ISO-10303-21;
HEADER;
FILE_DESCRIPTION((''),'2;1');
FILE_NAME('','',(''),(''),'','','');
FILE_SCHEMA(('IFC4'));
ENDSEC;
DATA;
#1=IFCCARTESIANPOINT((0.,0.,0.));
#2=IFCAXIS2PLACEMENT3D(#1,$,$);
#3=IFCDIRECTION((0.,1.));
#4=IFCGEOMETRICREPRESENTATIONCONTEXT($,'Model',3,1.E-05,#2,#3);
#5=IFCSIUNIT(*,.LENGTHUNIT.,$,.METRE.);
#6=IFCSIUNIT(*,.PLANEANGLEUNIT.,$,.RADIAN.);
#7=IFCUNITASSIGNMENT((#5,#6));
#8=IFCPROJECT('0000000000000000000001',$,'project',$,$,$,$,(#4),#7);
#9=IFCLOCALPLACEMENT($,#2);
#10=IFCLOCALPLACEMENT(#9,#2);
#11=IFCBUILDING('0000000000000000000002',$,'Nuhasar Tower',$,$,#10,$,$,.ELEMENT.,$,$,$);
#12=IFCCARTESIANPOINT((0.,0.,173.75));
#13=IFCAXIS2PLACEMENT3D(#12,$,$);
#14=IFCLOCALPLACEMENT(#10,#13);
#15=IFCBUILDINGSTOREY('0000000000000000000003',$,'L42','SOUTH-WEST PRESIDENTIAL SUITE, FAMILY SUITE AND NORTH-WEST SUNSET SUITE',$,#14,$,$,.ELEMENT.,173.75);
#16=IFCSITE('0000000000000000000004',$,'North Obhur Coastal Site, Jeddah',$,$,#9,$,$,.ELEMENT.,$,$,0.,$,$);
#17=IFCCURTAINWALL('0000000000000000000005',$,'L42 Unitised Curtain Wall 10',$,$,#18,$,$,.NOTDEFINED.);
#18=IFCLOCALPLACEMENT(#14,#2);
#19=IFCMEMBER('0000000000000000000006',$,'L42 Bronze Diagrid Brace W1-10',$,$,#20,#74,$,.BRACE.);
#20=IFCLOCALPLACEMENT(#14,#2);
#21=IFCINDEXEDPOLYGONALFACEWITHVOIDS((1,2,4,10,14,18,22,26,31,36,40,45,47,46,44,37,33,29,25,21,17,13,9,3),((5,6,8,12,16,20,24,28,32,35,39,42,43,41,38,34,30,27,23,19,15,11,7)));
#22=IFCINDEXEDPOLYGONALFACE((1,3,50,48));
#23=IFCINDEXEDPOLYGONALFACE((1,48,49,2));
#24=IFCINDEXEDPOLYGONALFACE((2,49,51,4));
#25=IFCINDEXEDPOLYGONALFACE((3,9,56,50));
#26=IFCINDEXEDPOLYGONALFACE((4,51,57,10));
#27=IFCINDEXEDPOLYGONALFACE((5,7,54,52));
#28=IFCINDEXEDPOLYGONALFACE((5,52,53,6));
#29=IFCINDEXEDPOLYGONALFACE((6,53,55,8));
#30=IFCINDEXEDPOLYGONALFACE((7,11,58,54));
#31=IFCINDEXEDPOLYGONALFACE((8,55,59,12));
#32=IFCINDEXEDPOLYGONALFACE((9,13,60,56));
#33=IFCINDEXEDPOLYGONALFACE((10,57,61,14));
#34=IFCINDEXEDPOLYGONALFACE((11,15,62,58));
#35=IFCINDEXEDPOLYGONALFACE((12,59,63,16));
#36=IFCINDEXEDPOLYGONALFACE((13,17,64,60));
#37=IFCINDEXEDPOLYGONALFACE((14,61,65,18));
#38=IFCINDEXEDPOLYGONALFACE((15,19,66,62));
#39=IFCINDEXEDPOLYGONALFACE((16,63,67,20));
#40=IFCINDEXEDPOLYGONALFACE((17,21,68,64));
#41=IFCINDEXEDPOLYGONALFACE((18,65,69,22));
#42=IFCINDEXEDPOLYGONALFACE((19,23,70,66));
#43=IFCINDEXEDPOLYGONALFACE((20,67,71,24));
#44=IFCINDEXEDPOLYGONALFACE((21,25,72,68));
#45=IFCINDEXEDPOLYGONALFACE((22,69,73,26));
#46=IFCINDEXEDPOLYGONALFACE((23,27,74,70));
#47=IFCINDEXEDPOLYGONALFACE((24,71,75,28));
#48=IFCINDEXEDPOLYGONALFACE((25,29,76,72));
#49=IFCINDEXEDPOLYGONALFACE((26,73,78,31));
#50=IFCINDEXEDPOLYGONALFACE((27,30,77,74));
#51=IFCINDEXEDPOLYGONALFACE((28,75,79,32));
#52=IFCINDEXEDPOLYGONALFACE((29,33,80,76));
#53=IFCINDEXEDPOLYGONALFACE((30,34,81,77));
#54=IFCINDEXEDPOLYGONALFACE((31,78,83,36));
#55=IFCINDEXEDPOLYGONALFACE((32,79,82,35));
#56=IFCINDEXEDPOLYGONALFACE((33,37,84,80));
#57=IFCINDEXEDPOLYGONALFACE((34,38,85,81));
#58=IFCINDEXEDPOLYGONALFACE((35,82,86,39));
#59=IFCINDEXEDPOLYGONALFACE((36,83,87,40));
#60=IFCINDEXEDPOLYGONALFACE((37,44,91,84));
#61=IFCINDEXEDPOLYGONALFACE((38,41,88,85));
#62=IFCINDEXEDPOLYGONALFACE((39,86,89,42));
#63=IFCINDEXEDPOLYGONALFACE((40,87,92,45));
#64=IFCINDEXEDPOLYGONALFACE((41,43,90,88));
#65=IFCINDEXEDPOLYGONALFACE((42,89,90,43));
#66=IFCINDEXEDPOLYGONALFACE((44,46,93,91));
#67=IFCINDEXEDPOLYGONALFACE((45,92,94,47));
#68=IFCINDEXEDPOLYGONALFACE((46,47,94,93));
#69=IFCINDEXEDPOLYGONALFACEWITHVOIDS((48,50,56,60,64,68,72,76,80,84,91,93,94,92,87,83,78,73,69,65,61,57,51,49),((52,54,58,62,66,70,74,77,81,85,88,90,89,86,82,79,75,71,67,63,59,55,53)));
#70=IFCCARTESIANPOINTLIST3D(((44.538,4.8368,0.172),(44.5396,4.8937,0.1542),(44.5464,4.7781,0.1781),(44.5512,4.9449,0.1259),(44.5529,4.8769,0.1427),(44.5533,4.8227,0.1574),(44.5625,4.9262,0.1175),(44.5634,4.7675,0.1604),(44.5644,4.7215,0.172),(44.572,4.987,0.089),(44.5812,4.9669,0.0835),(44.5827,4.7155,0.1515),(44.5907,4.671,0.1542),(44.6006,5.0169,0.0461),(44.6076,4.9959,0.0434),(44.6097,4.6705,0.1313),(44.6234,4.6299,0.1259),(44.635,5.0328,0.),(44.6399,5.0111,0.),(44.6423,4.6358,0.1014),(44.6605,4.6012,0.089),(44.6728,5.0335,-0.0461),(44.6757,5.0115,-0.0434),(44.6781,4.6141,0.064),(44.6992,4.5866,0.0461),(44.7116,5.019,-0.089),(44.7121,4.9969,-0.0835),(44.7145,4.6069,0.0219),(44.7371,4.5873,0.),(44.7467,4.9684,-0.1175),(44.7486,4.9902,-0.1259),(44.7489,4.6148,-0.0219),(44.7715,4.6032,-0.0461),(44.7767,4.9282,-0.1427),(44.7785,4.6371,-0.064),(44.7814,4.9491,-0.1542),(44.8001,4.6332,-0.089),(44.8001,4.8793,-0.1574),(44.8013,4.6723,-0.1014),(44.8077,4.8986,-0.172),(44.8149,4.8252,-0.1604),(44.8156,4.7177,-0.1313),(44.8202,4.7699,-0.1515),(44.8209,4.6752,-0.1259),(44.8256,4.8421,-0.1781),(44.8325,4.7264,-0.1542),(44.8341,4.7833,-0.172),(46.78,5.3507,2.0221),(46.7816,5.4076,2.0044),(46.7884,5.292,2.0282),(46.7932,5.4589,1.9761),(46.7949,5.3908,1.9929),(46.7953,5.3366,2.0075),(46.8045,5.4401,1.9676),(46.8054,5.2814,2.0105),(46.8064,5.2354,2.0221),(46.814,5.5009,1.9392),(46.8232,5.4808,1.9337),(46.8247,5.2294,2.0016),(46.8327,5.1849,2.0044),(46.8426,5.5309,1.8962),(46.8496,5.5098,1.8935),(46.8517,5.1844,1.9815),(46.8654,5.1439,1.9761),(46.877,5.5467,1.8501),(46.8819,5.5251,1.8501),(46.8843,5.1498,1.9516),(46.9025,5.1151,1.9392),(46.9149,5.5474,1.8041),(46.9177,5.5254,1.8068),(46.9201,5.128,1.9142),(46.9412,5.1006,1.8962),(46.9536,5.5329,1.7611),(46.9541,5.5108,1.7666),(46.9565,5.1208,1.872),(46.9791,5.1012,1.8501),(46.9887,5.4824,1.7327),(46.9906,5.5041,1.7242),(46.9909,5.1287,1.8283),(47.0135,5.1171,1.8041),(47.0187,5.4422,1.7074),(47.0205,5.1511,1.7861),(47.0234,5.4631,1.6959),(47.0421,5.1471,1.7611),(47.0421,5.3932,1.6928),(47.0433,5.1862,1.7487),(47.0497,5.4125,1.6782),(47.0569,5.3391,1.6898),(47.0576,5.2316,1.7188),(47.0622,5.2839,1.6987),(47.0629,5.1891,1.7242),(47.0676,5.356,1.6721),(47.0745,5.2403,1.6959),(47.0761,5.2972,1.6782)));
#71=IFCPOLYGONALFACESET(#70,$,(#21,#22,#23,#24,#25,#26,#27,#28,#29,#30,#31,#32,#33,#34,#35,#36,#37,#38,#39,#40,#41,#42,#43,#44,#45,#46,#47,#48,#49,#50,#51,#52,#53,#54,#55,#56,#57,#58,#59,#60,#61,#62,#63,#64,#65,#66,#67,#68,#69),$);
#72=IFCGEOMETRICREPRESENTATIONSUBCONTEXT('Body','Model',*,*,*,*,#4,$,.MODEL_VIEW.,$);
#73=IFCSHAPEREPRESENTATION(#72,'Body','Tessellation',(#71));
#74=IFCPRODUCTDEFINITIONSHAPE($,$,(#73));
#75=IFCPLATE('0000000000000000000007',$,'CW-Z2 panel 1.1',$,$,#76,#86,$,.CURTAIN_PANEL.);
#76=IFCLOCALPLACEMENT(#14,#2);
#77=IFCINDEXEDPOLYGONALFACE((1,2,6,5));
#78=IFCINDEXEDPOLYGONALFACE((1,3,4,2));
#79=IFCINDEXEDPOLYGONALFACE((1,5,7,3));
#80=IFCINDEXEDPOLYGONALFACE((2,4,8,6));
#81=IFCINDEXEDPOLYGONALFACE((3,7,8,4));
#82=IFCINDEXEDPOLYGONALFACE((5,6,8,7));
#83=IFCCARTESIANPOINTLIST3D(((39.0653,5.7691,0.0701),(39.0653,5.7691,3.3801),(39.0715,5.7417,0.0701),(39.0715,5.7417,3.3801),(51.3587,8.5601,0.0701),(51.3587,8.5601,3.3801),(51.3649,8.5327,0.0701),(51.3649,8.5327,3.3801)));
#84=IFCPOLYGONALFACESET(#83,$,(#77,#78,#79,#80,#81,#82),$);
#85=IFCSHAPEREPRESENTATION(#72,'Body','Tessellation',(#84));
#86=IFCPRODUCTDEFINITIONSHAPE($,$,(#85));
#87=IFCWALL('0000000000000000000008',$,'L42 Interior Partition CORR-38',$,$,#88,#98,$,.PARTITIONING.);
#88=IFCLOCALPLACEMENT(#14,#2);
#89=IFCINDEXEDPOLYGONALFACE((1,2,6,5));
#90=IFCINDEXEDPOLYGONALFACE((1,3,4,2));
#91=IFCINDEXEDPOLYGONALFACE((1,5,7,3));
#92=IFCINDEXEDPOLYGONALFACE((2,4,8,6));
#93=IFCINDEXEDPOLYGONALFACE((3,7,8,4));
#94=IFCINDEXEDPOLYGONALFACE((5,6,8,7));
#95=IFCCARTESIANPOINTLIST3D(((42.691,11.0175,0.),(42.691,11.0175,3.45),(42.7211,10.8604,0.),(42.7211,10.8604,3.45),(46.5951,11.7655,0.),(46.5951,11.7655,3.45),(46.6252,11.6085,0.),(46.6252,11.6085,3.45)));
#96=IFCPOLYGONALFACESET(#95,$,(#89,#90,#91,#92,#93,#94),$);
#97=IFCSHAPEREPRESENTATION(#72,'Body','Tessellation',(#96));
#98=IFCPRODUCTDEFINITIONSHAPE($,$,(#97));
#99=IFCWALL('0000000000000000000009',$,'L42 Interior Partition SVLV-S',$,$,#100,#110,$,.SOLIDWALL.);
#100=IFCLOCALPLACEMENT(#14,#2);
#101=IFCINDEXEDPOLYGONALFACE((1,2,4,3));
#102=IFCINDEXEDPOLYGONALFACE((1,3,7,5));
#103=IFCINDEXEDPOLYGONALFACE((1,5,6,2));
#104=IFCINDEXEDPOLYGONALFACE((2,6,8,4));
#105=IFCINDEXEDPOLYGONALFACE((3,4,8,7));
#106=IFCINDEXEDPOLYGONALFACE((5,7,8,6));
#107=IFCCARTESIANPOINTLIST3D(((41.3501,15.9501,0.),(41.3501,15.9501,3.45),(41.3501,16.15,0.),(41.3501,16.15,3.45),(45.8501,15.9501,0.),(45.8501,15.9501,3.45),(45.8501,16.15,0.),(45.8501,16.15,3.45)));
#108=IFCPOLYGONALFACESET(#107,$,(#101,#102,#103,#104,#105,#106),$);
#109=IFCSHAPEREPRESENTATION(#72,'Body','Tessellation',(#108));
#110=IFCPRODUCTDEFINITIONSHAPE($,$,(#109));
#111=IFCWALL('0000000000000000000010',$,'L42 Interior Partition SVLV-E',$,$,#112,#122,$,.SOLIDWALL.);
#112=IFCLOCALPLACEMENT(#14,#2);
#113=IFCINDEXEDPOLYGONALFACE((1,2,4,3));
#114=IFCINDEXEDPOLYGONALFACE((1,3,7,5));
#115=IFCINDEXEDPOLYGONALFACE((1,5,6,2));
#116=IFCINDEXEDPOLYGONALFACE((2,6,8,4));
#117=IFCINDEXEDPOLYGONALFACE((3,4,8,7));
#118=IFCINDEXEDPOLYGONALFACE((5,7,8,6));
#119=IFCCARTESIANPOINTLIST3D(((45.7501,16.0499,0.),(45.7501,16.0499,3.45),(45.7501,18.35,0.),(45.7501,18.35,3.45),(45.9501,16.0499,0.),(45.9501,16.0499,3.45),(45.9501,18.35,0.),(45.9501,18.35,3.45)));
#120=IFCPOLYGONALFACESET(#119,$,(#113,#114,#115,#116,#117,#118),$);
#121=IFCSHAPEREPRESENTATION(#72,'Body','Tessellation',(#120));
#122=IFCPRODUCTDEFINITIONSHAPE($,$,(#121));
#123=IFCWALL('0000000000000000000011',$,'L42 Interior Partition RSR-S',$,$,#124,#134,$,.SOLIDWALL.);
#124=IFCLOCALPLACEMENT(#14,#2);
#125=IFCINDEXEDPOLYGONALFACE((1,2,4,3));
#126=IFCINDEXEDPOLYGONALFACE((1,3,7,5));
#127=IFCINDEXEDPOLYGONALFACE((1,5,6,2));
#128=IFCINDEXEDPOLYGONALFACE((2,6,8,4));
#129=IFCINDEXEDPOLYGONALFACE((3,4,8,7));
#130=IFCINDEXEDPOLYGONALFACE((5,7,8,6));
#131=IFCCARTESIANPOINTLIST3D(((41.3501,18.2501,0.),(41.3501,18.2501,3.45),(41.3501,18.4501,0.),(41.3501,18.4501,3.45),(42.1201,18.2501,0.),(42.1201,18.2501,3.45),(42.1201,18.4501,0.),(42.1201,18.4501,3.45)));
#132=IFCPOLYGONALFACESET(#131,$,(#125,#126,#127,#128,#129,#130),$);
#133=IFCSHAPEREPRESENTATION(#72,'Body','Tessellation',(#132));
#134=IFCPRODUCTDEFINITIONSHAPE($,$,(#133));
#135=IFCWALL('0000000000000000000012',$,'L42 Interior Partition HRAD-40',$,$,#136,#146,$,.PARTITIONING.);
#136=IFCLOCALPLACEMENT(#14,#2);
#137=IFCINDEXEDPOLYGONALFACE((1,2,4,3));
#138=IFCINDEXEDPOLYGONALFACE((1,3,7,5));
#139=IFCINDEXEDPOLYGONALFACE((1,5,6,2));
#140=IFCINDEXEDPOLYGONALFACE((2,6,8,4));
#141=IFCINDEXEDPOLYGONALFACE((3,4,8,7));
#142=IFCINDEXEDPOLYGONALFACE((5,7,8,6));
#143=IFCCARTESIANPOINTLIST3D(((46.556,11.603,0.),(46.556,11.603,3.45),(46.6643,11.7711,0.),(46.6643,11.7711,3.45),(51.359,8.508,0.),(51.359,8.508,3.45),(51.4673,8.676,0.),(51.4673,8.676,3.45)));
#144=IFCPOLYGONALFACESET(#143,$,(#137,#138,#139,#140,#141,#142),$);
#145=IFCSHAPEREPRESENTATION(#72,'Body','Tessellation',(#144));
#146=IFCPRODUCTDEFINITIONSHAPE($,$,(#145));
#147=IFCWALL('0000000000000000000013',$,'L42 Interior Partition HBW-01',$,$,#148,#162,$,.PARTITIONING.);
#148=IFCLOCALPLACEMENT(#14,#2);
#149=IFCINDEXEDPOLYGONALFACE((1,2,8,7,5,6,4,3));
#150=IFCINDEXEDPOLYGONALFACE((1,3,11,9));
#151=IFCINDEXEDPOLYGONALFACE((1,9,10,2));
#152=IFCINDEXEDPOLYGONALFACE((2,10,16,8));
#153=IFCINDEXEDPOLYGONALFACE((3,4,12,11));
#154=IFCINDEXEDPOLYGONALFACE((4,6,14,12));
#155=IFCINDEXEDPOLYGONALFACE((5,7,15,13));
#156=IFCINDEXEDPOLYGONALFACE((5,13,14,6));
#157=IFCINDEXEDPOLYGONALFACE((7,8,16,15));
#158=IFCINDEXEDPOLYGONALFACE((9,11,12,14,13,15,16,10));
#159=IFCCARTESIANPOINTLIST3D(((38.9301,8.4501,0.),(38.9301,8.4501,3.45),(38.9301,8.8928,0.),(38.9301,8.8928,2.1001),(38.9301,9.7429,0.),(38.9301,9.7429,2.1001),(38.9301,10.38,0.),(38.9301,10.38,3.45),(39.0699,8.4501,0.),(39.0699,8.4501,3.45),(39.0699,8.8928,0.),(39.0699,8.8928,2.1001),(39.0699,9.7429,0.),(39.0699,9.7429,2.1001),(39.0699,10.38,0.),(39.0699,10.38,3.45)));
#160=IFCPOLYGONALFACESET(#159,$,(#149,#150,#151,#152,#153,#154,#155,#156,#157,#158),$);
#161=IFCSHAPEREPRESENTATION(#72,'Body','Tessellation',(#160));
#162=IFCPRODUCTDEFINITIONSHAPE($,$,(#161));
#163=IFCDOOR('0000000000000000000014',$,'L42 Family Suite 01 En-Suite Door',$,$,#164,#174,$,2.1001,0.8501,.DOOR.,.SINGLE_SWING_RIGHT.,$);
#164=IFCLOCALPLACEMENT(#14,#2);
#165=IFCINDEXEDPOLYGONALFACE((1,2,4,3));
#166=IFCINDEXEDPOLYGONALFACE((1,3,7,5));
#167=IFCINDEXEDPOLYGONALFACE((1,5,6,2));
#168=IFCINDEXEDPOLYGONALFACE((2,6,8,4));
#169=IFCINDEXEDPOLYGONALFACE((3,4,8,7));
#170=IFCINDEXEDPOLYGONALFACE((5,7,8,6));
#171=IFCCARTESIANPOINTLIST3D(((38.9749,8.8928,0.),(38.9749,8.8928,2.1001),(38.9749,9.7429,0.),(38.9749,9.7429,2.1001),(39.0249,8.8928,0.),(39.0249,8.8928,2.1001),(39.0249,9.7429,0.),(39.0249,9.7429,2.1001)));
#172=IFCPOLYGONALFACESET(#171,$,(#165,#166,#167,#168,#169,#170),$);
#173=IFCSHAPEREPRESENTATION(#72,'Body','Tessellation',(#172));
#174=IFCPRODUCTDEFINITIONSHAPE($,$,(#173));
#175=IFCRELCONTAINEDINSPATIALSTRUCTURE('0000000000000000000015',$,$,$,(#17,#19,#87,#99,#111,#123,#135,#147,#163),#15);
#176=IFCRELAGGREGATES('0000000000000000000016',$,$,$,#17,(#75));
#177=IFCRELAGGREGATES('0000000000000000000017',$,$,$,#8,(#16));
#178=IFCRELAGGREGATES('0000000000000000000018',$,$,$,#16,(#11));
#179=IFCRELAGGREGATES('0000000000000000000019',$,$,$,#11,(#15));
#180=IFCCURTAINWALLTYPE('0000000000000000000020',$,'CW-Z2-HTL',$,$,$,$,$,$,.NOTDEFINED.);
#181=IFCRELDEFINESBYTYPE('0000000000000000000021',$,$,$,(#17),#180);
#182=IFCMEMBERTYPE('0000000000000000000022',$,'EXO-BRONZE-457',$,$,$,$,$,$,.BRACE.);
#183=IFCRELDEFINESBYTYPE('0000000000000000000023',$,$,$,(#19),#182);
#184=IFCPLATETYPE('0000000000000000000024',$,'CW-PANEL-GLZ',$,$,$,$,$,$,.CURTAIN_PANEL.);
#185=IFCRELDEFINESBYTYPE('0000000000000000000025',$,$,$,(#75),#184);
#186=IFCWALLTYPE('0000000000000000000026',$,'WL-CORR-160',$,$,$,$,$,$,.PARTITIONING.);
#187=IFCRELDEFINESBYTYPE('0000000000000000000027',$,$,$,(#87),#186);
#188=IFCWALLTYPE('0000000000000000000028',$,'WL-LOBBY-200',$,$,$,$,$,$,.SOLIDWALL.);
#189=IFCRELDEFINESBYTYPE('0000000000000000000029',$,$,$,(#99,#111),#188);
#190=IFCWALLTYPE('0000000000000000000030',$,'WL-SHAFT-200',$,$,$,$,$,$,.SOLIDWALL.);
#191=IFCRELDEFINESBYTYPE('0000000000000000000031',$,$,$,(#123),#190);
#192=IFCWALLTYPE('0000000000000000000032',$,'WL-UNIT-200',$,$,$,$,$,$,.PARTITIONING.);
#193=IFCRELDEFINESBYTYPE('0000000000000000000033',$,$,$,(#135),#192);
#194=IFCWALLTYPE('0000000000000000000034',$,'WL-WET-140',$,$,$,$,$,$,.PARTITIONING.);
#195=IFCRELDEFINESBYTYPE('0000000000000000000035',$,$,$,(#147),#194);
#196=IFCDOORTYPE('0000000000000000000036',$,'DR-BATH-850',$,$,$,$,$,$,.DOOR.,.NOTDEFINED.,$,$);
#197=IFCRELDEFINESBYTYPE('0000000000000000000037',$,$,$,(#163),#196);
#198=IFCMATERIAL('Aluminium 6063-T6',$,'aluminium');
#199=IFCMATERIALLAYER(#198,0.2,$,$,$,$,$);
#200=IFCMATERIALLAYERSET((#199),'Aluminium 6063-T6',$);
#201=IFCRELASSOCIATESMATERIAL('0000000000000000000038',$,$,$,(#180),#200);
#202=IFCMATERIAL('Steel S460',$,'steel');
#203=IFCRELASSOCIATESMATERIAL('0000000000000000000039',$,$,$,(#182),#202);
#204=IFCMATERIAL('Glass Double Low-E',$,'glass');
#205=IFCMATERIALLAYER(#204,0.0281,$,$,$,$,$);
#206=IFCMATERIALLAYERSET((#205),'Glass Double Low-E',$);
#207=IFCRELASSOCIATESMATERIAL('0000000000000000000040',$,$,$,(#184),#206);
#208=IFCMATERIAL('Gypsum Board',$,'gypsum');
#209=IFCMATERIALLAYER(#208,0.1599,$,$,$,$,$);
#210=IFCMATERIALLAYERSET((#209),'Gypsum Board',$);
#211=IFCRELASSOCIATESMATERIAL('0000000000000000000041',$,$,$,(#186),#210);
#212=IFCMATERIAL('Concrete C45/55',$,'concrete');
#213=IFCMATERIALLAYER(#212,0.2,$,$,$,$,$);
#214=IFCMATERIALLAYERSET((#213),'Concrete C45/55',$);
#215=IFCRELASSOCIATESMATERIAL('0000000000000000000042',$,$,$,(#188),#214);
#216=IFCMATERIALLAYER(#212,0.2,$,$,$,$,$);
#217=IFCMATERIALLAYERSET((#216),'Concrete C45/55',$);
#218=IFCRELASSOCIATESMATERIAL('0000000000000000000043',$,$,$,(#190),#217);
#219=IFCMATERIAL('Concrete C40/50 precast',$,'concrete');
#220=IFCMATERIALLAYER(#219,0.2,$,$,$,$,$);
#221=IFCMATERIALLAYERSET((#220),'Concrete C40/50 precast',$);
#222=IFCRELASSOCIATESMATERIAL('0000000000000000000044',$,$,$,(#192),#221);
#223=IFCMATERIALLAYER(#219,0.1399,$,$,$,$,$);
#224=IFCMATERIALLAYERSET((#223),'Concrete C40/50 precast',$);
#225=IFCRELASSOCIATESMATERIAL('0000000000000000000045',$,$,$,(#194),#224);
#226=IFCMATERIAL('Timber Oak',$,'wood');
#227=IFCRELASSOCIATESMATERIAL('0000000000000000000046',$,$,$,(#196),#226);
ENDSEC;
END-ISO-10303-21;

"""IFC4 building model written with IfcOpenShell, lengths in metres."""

from ifc_helpers import new_model, si_unit, direction, frame, frame_2d, origin, origin_2d, place, context, subcontext, project, spatial, rectangle, hollow_circle, extrude, material, layer, layer_set, material_profile, profile_set, type_object, element, fill, aggregate, save


model = new_model("IFC4")

# Units and contexts
model_context = context("Model", 3, precision=1e-05, world=origin(), true_north=direction((0.0, 1.0)))
body_context = subcontext(model_context, "Body", "Model", "MODEL_VIEW")
ifc_project = project(units=[si_unit("LENGTHUNIT", "METRE"), si_unit("PLANEANGLEUNIT", "RADIAN")], contexts=[model_context])

# Site, building, storey
site_placement = place(None, origin())
site = spatial("IfcSite", under=ifc_project, at=site_placement, Name="North Obhur Coastal Site, Jeddah", CompositionType="ELEMENT", RefElevation=0.0)
building_placement = place(site_placement, origin())
building = spatial("IfcBuilding", under=site, at=building_placement, Name="Nuhasar Tower", CompositionType="ELEMENT")
storey_placement = place(building_placement, frame((0.0, 0.0, 173.75)))
storey = spatial("IfcBuildingStorey", under=building, at=storey_placement, Name="L42", Description="SOUTH-WEST PRESIDENTIAL SUITE, FAMILY SUITE AND NORTH-WEST SUNSET SUITE", CompositionType="ELEMENT", Elevation=173.75)

# Shared definitions
ifc_material_1 = material(Name="Aluminium 6063-T6", Category="aluminium")
ifc_layer_1 = layer(ifc_material_1, 0.2)
ifc_layer_set_1 = layer_set([ifc_layer_1], Name="Aluminium 6063-T6")
curtain_wall_type = type_object("IfcCurtainWallType", Name="CW-Z2-HTL", PredefinedType="NOTDEFINED", material=ifc_layer_set_1)

# Curtain wall
curtain_wall_1_placement = place(storey_placement, origin())
curtain_wall_1 = element("IfcCurtainWall", 1, at=curtain_wall_1_placement, inside=storey, type_object=curtain_wall_type, Name="L42 Unitised Curtain Wall 10", PredefinedType="NOTDEFINED")

# Member
ifc_material_2 = material(Name="Steel S460", Category="steel")
ifc_material_profile_1 = material_profile(ifc_material_2, hollow_circle(Radius=0.2285, WallThickness=0.0222, at=origin_2d()), Name="HSS457X22.2")
ifc_profile_set_1 = profile_set([ifc_material_profile_1], Name="Steel S460")
member_type_1 = type_object("IfcMemberType", Name="EXO-BRONZE-457", PredefinedType="BRACE", material=ifc_profile_set_1)
member_1_placement = place(storey_placement, frame((44.686, 4.8101, 0.0), z_axis=(0.75951, 0.174101, 0.626764), x_axis=(-0.223433, 0.974719, 0.0)))
element("IfcMember", 2, at=member_1_placement, inside=storey, type_object=member_type_1, Name="L42 Bronze Diagrid Brace W1-10", PredefinedType="BRACE", context=body_context, shape_type="SweptSolid", body=[
    extrude(hollow_circle(Radius=0.2285, WallThickness=0.0222, at=origin_2d()), origin(), (0.0, 0.0, 1.0), 2.9519),
])

# Plate
ifc_material_3 = material(Name="Glass Double Low-E", Category="glass")
ifc_layer_2 = layer(ifc_material_3, 0.0281)
ifc_layer_set_2 = layer_set([ifc_layer_2], Name="Glass Double Low-E")
plate_type = type_object("IfcPlateType", Name="CW-PANEL-GLZ", PredefinedType="CURTAIN_PANEL", material=ifc_layer_set_2)
plate_placement = place(storey_placement, frame((45.2151, 7.1509, 0.0701), z_axis=(0.0, 0.0, 1.0), x_axis=(0.975184, 0.221397, 0.0)))
plate = element("IfcPlate", 3, at=plate_placement, type_object=plate_type, Name="CW-Z2 panel 1.1", PredefinedType="CURTAIN_PANEL", context=body_context, shape_type="SweptSolid", body=[
    extrude(rectangle(XDim=12.6062, YDim=0.0281, at=origin_2d()), origin(), (0.0, 0.0, 1.0), 3.3101),
])
aggregate(curtain_wall_1, [plate])

# Shared definitions
ifc_material_4 = material(Name="Gypsum Board", Category="gypsum")
ifc_layer_3 = layer(ifc_material_4, 0.1599)
ifc_layer_set_3 = layer_set([ifc_layer_3], Name="Gypsum Board")
wall_type_1 = type_object("IfcWallType", Name="WL-CORR-160", PredefinedType="PARTITIONING", material=ifc_layer_set_3)
ifc_material_5 = material(Name="Timber Oak", Category="wood")

# Wall
wall_1_placement = place(storey_placement, frame((42.7061, 10.939, 0.0), z_axis=(0.0, 0.0, 1.0), x_axis=(0.982134, 0.188184, 0.0)))
element("IfcWall", 4, at=wall_1_placement, inside=storey, type_object=wall_type_1, Name="L42 Interior Partition CORR-38", PredefinedType="PARTITIONING", context=body_context, shape_type="SweptSolid", body=[
    extrude(rectangle(XDim=3.9751, YDim=0.1599, at=frame_2d((1.9875, 0.0))), origin(), (0.0, 0.0, 1.0), 3.45),
])

# Shared definitions
ifc_material_6 = material(Name="Concrete C45/55", Category="concrete")
ifc_layer_4 = layer(ifc_material_6, 0.2)
ifc_layer_set_4 = layer_set([ifc_layer_4], Name="Concrete C45/55")
wall_type_2 = type_object("IfcWallType", Name="WL-LOBBY-200", PredefinedType="SOLIDWALL", material=ifc_layer_set_4)

# Walls
wall_2_placement = place(storey_placement, frame((41.3501, 16.05, 0.0), z_axis=(0.0, 0.0, 1.0), x_axis=(1.0, 0.0, 0.0)))
element("IfcWall", 5, at=wall_2_placement, inside=storey, type_object=wall_type_2, Name="L42 Interior Partition SVLV-S", PredefinedType="SOLIDWALL", context=body_context, shape_type="SweptSolid", body=[
    extrude(rectangle(XDim=4.5, YDim=0.2, at=frame_2d((2.25, 0.0))), origin(), (0.0, 0.0, 1.0), 3.45),
])
wall_3_placement = place(storey_placement, frame((45.8501, 16.05, 0.0), z_axis=(0.0, 0.0, 1.0), x_axis=(0.0, 1.0, 0.0)))
element("IfcWall", 6, at=wall_3_placement, inside=storey, type_object=wall_type_2, Name="L42 Interior Partition SVLV-E", PredefinedType="SOLIDWALL", context=body_context, shape_type="SweptSolid", body=[
    extrude(rectangle(XDim=2.3, YDim=0.2, at=frame_2d((1.1499, 0.0))), origin(), (0.0, 0.0, 1.0), 3.45),
])
ifc_layer_5 = layer(ifc_material_6, 0.2)
ifc_layer_set_5 = layer_set([ifc_layer_5], Name="Concrete C45/55")
wall_type_3 = type_object("IfcWallType", Name="WL-SHAFT-200", PredefinedType="SOLIDWALL", material=ifc_layer_set_5)
wall_4_placement = place(storey_placement, frame((41.3501, 18.3501, 0.0), z_axis=(0.0, 0.0, 1.0), x_axis=(1.0, 0.0, 0.0)))
element("IfcWall", 7, at=wall_4_placement, inside=storey, type_object=wall_type_3, Name="L42 Interior Partition RSR-S", PredefinedType="SOLIDWALL", context=body_context, shape_type="SweptSolid", body=[
    extrude(rectangle(XDim=0.77, YDim=0.2, at=frame_2d((0.385, 0.0))), origin(), (0.0, 0.0, 1.0), 3.45),
])
ifc_material_7 = material(Name="Concrete C40/50 precast", Category="concrete")
ifc_layer_6 = layer(ifc_material_7, 0.2)
ifc_layer_set_6 = layer_set([ifc_layer_6], Name="Concrete C40/50 precast")
wall_type_4 = type_object("IfcWallType", Name="WL-UNIT-200", PredefinedType="PARTITIONING", material=ifc_layer_set_6)
wall_5_placement = place(storey_placement, frame((46.6101, 11.687, 0.0), z_axis=(0.0, 0.0, 1.0), x_axis=(0.840594, -0.541666, 0.0)))
element("IfcWall", 8, at=wall_5_placement, inside=storey, type_object=wall_type_4, Name="L42 Interior Partition HRAD-40", PredefinedType="PARTITIONING", context=body_context, shape_type="SweptSolid", body=[
    extrude(rectangle(XDim=5.7139, YDim=0.2, at=frame_2d((2.8569, 0.0))), origin(), (0.0, 0.0, 1.0), 3.45),
])

# Wall, opening, door
ifc_layer_7 = layer(ifc_material_7, 0.1399)
ifc_layer_set_7 = layer_set([ifc_layer_7], Name="Concrete C40/50 precast")
wall_type_5 = type_object("IfcWallType", Name="WL-WET-140", PredefinedType="PARTITIONING", material=ifc_layer_set_7)
wall_6_placement = place(storey_placement, frame((39.0, 10.3799, 0.0), z_axis=(0.0, 0.0, 1.0), x_axis=(0.0, -1.0, 0.0)))
wall_6 = element("IfcWall", 9, at=wall_6_placement, inside=storey, type_object=wall_type_5, Name="L42 Interior Partition HBW-01", PredefinedType="PARTITIONING", context=body_context, shape_type="SweptSolid", body=[
    extrude(rectangle(XDim=1.9299, YDim=0.1399, at=frame_2d((0.9648, 0.0))), origin(), (0.0, 0.0, 1.0), 3.45),
])
opening_1_placement = place(wall_6_placement, frame((0.637, 0.0, 0.0)))
opening_1 = element("IfcOpeningElement", 10, at=opening_1_placement, cuts=wall_6, PredefinedType="OPENING", context=body_context, shape_type="SweptSolid", body=[
    extrude(rectangle(XDim=0.8501, YDim=2.1001, at=frame_2d((0.425, 1.05))), frame((0.0, 0.0801, 0.0), z_axis=(0.0, -1.0, 0.0), x_axis=(1.0, 0.0, 0.0)), (0.0, 0.0, 1.0), 0.1599),
])
door_type_1 = type_object("IfcDoorType", Name="DR-BATH-850", OperationType="NOTDEFINED", PredefinedType="DOOR", material=ifc_material_5)
door_1_placement = place(opening_1_placement, origin())
door_1 = element("IfcDoor", 11, at=door_1_placement, inside=storey, type_object=door_type_1, Name="L42 Family Suite 01 En-Suite Door", OperationType="SINGLE_SWING_RIGHT", OverallHeight=2.1001, OverallWidth=0.8501, PredefinedType="DOOR", context=body_context, shape_type="SweptSolid", body=[
    extrude(rectangle(XDim=0.8501, YDim=2.1001, at=frame_2d((0.425, 1.05))), frame((0.0, 0.0249, 0.0), z_axis=(0.0, -1.0, 0.0), x_axis=(1.0, 0.0, 0.0)), (0.0, 0.0, 1.0), 0.05),
])
fill(opening_1, door_1)

save(model, "model.ifc")
